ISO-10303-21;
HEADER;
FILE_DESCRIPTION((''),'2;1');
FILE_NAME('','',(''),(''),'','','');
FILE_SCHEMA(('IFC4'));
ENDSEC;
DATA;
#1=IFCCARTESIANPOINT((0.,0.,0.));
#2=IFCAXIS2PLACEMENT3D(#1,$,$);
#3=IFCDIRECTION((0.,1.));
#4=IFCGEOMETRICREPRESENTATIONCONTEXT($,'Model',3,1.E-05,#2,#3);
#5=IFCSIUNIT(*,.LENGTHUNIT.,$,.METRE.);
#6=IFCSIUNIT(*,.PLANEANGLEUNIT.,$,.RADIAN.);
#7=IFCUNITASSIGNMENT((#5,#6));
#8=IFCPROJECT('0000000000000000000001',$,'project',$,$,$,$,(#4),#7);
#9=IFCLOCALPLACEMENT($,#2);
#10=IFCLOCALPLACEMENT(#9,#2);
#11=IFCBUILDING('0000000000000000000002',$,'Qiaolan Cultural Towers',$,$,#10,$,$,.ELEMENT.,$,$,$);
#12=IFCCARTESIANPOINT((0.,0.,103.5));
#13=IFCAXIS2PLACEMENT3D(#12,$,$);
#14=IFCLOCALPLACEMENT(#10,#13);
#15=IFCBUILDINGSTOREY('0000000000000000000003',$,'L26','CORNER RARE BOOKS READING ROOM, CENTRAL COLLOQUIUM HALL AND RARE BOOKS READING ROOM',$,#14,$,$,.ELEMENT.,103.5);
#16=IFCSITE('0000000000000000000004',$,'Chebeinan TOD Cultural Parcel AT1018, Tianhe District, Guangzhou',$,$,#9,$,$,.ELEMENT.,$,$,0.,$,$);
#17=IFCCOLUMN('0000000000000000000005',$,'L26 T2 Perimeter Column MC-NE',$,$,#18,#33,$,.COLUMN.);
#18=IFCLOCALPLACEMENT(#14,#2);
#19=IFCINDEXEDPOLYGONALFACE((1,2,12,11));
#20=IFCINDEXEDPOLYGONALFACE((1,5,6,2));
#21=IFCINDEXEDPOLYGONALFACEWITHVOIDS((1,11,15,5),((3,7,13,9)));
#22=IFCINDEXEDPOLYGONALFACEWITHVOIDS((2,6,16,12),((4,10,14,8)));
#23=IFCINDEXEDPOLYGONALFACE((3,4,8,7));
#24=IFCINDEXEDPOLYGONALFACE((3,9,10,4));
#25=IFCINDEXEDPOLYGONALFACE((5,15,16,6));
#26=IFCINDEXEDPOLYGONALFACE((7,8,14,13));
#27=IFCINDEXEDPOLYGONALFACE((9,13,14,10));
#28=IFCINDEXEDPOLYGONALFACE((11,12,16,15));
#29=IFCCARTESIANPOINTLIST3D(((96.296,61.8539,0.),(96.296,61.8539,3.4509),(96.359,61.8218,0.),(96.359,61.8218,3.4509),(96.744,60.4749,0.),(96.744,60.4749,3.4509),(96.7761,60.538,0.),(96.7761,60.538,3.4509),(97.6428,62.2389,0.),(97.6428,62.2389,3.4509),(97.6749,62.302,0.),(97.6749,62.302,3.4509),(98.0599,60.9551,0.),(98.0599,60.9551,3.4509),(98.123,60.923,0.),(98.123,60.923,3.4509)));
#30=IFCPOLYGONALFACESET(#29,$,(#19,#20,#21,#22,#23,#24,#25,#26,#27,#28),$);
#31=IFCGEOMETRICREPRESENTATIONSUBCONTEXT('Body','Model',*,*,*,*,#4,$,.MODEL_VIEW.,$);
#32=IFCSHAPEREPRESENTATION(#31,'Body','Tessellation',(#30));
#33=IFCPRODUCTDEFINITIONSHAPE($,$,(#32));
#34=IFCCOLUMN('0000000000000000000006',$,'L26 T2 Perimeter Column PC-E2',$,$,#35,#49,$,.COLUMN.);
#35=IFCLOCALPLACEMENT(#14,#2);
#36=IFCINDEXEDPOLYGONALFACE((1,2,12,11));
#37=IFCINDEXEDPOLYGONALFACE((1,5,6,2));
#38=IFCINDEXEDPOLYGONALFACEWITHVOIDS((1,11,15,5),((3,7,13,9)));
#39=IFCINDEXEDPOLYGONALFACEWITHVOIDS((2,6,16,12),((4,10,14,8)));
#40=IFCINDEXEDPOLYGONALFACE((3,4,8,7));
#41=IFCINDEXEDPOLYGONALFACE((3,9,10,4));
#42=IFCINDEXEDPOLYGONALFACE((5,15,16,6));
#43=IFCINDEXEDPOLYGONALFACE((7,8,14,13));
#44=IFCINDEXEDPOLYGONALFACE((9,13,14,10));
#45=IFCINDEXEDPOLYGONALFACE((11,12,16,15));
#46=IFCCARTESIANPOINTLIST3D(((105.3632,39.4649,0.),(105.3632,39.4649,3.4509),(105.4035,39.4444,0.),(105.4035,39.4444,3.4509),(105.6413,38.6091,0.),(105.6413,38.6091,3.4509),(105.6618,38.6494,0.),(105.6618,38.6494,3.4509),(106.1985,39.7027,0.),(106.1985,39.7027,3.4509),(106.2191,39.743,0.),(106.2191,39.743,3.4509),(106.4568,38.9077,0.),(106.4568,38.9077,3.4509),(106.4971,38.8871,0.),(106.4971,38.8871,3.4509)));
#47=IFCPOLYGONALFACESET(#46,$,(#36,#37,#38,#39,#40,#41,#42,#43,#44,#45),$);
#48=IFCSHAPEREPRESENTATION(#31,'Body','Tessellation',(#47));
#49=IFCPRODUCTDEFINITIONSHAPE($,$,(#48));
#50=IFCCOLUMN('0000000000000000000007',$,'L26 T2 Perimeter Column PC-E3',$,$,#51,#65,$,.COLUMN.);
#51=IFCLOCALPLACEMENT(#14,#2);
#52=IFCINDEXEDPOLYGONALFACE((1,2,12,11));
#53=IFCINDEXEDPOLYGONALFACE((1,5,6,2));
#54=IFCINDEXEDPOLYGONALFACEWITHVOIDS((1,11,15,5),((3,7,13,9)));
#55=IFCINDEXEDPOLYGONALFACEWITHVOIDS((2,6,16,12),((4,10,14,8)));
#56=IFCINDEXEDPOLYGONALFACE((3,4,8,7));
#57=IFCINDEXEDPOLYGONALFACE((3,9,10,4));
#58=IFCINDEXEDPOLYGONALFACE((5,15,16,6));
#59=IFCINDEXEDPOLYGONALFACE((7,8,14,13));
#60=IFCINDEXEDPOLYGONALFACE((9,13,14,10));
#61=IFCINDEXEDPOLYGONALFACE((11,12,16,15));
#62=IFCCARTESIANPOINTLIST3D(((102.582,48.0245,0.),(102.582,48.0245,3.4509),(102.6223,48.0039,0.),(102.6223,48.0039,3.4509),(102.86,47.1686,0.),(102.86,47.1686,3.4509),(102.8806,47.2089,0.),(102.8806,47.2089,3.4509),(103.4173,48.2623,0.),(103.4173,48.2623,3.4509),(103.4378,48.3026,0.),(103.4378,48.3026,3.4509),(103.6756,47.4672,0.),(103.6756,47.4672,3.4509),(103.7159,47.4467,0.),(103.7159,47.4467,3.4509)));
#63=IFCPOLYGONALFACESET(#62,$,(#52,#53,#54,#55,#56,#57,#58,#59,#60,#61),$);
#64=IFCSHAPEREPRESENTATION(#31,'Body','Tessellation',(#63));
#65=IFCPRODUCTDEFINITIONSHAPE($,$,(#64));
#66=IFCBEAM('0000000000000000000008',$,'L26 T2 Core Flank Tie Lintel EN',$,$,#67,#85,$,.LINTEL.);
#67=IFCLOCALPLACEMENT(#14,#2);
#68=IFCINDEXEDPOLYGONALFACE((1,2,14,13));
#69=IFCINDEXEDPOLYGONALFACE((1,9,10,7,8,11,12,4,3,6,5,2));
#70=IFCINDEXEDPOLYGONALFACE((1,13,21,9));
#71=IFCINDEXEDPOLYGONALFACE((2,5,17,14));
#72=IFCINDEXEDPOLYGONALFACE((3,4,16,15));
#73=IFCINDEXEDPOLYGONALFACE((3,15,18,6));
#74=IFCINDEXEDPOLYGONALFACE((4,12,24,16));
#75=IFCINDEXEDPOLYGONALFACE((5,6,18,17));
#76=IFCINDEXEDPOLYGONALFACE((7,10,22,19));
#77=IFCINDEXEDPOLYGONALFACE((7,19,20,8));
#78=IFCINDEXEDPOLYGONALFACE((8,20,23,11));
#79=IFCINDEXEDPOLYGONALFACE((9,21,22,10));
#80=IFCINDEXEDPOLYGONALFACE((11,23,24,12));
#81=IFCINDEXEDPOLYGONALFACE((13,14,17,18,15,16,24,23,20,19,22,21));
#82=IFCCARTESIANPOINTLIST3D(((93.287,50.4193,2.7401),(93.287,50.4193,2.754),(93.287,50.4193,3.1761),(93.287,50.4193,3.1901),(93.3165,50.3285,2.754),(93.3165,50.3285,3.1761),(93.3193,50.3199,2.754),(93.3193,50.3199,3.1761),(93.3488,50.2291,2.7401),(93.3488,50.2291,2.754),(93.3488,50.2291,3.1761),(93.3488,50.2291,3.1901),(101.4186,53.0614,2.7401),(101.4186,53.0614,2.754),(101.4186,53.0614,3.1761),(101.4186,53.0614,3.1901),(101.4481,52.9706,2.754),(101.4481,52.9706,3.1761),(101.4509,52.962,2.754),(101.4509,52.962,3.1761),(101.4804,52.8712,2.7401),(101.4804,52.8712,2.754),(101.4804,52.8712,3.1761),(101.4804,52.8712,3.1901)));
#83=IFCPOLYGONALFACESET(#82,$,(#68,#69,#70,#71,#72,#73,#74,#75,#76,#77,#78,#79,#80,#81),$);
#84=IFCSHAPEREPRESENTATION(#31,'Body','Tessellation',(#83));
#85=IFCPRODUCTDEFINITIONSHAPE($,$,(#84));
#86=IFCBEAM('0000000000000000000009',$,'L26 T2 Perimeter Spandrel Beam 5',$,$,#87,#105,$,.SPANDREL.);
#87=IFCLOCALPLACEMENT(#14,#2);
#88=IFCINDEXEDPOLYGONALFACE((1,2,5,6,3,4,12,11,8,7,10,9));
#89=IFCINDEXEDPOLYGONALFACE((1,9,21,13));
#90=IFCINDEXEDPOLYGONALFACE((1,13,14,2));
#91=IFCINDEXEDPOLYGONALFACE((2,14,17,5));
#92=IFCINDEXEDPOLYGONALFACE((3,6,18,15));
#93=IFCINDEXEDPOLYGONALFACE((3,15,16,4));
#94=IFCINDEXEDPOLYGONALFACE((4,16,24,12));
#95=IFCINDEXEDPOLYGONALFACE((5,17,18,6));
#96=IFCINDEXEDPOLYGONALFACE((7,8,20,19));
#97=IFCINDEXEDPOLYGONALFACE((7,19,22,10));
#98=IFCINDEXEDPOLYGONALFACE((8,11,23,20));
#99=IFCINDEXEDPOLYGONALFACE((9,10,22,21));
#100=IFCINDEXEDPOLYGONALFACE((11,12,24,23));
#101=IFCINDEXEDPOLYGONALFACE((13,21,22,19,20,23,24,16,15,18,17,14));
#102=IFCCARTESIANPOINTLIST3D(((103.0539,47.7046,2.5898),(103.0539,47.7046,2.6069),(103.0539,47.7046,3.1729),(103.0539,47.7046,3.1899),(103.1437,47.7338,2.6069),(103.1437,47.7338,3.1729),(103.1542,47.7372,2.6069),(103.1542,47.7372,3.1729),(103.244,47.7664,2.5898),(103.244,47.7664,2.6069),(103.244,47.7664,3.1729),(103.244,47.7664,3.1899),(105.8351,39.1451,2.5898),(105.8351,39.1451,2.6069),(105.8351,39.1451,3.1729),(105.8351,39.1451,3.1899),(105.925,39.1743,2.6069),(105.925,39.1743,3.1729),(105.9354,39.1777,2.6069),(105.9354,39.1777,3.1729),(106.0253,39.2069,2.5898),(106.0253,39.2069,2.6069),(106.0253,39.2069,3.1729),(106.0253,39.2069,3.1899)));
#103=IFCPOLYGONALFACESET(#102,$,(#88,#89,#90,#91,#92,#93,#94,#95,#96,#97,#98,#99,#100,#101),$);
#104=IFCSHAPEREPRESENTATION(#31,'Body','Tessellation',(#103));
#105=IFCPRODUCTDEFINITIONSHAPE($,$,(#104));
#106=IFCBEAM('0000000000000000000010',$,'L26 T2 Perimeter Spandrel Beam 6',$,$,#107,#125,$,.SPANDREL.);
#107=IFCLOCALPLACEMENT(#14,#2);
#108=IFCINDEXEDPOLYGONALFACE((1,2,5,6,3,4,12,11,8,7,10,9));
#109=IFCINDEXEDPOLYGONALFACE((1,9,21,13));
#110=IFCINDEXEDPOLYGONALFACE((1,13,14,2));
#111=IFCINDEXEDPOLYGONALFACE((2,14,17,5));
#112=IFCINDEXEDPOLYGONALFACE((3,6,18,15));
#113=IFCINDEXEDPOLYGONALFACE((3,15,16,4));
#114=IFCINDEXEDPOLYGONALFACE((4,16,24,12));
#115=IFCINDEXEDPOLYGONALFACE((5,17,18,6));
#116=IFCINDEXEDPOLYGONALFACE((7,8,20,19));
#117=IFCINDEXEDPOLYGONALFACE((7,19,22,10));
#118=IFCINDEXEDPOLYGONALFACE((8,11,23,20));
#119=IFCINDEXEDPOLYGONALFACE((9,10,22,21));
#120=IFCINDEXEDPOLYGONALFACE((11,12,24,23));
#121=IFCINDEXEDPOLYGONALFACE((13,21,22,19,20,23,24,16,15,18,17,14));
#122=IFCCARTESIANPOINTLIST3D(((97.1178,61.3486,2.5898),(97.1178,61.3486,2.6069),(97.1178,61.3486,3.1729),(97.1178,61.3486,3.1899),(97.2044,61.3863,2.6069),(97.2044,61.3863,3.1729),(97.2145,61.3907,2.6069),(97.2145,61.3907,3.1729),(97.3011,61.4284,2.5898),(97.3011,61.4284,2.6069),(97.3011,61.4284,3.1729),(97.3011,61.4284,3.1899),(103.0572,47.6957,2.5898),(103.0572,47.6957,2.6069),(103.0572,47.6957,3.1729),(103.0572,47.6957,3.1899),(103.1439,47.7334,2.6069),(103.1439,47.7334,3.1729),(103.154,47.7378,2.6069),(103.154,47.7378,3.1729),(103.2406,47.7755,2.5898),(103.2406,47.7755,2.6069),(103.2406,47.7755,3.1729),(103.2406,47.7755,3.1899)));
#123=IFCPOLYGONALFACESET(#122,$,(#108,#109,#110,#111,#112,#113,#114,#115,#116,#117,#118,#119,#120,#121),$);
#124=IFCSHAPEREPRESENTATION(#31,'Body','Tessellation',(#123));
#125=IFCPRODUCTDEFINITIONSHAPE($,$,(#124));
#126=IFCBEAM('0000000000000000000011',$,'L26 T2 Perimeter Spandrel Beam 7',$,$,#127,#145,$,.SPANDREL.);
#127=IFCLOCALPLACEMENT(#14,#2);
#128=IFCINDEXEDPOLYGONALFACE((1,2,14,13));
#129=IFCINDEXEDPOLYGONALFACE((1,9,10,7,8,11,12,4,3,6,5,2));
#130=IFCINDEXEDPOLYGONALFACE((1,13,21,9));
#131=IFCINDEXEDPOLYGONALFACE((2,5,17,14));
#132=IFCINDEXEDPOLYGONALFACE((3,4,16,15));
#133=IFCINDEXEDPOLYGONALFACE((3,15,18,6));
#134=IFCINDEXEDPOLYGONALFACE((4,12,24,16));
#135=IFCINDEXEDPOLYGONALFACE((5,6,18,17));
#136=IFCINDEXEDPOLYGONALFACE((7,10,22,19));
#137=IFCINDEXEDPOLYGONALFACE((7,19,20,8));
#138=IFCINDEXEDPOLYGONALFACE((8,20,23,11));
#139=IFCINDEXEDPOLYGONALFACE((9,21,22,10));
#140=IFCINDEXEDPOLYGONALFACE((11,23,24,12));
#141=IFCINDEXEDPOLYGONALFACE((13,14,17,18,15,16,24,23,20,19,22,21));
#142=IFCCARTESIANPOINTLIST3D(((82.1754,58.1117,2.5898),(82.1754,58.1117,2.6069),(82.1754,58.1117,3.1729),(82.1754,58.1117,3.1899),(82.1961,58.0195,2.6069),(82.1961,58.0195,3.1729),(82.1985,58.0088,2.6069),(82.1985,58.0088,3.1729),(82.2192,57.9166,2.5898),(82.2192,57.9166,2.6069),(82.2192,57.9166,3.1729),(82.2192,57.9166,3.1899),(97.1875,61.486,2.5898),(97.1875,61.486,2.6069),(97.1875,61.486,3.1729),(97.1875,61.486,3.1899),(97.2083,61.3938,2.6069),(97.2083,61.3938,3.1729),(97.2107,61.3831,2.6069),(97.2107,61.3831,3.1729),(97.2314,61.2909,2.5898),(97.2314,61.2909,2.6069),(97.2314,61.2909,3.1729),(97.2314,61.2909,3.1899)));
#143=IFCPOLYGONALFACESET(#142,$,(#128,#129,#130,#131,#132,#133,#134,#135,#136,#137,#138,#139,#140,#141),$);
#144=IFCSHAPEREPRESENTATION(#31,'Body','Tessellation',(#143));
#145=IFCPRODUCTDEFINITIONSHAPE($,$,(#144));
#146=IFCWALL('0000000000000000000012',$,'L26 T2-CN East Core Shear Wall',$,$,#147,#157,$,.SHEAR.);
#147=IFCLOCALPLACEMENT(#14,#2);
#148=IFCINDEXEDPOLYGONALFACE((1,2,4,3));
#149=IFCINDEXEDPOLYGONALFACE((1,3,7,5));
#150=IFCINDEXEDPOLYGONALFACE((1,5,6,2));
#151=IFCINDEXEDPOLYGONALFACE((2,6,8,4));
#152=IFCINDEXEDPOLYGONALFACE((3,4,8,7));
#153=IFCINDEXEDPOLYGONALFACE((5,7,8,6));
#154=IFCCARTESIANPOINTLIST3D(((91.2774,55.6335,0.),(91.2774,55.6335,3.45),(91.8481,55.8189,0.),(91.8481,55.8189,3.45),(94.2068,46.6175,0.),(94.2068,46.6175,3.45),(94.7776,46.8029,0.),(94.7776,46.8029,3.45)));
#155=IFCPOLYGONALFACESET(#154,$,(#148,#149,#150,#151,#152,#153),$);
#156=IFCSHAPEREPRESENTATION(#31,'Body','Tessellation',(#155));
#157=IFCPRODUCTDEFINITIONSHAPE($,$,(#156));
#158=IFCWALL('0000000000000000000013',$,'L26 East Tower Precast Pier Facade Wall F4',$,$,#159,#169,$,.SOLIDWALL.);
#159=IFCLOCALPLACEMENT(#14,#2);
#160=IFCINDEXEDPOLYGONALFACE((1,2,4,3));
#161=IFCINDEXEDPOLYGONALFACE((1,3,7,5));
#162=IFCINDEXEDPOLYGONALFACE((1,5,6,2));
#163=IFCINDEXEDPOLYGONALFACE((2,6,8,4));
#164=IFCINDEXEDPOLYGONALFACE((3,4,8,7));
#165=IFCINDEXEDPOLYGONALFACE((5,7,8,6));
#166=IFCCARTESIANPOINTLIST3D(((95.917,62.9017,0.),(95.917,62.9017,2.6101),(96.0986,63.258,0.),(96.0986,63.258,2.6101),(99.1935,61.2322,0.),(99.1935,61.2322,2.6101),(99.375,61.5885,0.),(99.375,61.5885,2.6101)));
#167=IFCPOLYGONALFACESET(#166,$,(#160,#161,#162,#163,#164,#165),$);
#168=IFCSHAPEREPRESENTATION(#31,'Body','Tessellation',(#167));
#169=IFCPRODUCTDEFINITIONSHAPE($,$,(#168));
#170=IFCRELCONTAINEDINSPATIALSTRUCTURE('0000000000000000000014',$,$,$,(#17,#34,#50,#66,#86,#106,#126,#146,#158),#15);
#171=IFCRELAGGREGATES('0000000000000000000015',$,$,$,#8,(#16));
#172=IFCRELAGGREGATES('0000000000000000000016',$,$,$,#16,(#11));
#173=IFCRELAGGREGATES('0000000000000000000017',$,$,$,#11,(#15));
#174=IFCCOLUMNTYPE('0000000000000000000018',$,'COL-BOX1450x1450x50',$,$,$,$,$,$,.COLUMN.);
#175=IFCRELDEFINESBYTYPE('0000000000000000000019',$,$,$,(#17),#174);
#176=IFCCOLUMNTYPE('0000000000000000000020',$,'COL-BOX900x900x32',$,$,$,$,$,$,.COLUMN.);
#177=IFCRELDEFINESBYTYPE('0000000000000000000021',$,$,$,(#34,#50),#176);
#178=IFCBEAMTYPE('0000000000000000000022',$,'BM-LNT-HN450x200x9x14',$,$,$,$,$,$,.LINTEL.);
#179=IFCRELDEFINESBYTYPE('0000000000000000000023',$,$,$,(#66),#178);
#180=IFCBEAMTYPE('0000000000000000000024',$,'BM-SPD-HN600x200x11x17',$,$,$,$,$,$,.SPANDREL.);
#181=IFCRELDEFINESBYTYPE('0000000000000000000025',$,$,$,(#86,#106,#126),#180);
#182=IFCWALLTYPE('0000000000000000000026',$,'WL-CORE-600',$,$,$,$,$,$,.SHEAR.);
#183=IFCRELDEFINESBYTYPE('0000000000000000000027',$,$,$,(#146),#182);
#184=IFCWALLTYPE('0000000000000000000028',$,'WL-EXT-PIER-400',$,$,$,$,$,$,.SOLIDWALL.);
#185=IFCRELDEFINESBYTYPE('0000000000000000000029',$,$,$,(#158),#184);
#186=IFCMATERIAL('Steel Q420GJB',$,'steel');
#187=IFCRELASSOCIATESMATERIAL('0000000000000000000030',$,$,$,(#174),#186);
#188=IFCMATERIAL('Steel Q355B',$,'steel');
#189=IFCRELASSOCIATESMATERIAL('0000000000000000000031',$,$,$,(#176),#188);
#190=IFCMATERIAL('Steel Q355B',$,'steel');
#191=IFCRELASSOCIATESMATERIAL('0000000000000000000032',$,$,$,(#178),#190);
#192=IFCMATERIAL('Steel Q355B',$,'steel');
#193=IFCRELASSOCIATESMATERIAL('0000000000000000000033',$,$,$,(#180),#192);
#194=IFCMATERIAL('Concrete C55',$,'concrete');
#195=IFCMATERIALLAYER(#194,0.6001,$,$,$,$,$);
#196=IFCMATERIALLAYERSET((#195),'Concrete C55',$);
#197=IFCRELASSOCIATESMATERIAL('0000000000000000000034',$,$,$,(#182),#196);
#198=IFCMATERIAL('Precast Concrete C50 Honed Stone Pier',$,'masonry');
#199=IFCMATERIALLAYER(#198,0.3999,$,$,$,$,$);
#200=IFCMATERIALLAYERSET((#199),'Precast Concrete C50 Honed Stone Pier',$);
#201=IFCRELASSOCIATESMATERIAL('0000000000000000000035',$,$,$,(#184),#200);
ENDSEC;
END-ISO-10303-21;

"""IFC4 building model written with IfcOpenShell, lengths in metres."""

from ifc_helpers import new_model, si_unit, direction, frame, frame_2d, origin, origin_2d, place, context, subcontext, project, spatial, rectangle, hollow_rectangle, i_section, extrude, material, layer, layer_set, material_profile, profile_set, type_object, element, save


model = new_model("IFC4")

# Units and contexts
model_context = context("Model", 3, precision=1e-05, world=origin(), true_north=direction((0.0, 1.0)))
body_context = subcontext(model_context, "Body", "Model", "MODEL_VIEW")
ifc_project = project(units=[si_unit("LENGTHUNIT", "METRE"), si_unit("PLANEANGLEUNIT", "RADIAN")], contexts=[model_context])

# Site, building, storey
site_placement = place(None, origin())
site = spatial("IfcSite", under=ifc_project, at=site_placement, Name="Chebeinan TOD Cultural Parcel AT1018, Tianhe District, Guangzhou", CompositionType="ELEMENT", RefElevation=0.0)
building_placement = place(site_placement, origin())
building = spatial("IfcBuilding", under=site, at=building_placement, Name="Qiaolan Cultural Towers", CompositionType="ELEMENT")
storey_placement = place(building_placement, frame((0.0, 0.0, 103.5)))
storey = spatial("IfcBuildingStorey", under=building, at=storey_placement, Name="L26", Description="CORNER RARE BOOKS READING ROOM, CENTRAL COLLOQUIUM HALL AND RARE BOOKS READING ROOM", CompositionType="ELEMENT", Elevation=103.5)

# Columns
ifc_material_1 = material(Name="Steel Q420GJB", Category="steel")
ifc_material_profile_1 = material_profile(ifc_material_1, hollow_rectangle(XDim=1.45, YDim=1.45, WallThickness=0.05, at=origin_2d()), Name="BOX1450x1450x50")
ifc_profile_set_1 = profile_set([ifc_material_profile_1], Name="Steel Q420GJB")
column_type_1 = type_object("IfcColumnType", Name="COL-BOX1450x1450x50", PredefinedType="COLUMN", material=ifc_profile_set_1)
column_placement = place(storey_placement, frame((97.2095, 61.3884, 0.0), z_axis=(0.0, 0.0, 1.0), x_axis=(0.951057, 0.309017, 0.0)))
element("IfcColumn", 1, at=column_placement, inside=storey, type_object=column_type_1, Name="L26 T2 Perimeter Column MC-NE", PredefinedType="COLUMN", context=body_context, shape_type="SweptSolid", body=[
    extrude(hollow_rectangle(XDim=1.45, YDim=1.45, WallThickness=0.05, at=origin_2d()), origin(), (0.0, 0.0, 1.0), 3.4509),
])
ifc_material_2 = material(Name="Steel Q355B", Category="steel")
ifc_material_profile_2 = material_profile(ifc_material_2, hollow_rectangle(XDim=0.8999, YDim=0.8999, WallThickness=0.032, at=origin_2d()), Name="BOX900x900x32")
ifc_profile_set_2 = profile_set([ifc_material_profile_2], Name="Steel Q355B")
column_type_2 = type_object("IfcColumnType", Name="COL-BOX900x900x32", PredefinedType="COLUMN", material=ifc_profile_set_2)
for number, where, z_axis, x_axis, name in (
    (2, (105.9302, 39.176, 0.0), (0.0, 0.0, 1.0), (0.951057, 0.309017, 0.0), "L26 T2 Perimeter Column PC-E2"),
    (3, (103.1489, 47.7356, 0.0), (0.0, 0.0, 1.0), (0.951057, 0.309017, 0.0), "L26 T2 Perimeter Column PC-E3"),
):
    element("IfcColumn", number, at=place(storey_placement, frame(where, z_axis=z_axis, x_axis=x_axis)), inside=storey, type_object=column_type_2, Name=name, PredefinedType="COLUMN", context=body_context, shape_type="SweptSolid", body=[
        extrude(hollow_rectangle(XDim=0.8999, YDim=0.8999, WallThickness=0.032, at=origin_2d()), origin(), (0.0, 0.0, 1.0), 3.4509),
    ])

# Beams
ifc_material_3 = material(Name="Steel Q355B", Category="steel")
ifc_material_profile_3 = material_profile(ifc_material_3, i_section(OverallWidth=0.2, OverallDepth=0.45, WebThickness=0.009, FlangeThickness=0.0139, at=origin_2d()), Name="HN450x200x9x14")
ifc_profile_set_3 = profile_set([ifc_material_profile_3], Name="Steel Q355B")
beam_type_1 = type_object("IfcBeamType", Name="BM-LNT-HN450x200x9x14", PredefinedType="LINTEL", material=ifc_profile_set_3)
beam_1_placement = place(storey_placement, frame((93.3179, 50.3242, 2.9651), z_axis=(0.951057, 0.309014, 0.0), x_axis=(-0.309014, 0.951057, 0.0)))
element("IfcBeam", 4, at=beam_1_placement, inside=storey, type_object=beam_type_1, Name="L26 T2 Core Flank Tie Lintel EN", PredefinedType="LINTEL", context=body_context, shape_type="SweptSolid", body=[
    extrude(i_section(OverallWidth=0.2, OverallDepth=0.45, WebThickness=0.009, FlangeThickness=0.0139, at=origin_2d()), origin(), (0.0, 0.0, 1.0), 8.55),
])
ifc_material_4 = material(Name="Steel Q355B", Category="steel")
ifc_material_profile_4 = material_profile(ifc_material_4, i_section(OverallWidth=0.2, OverallDepth=0.6001, WebThickness=0.011, FlangeThickness=0.0171, at=origin_2d()), Name="HN600x200x11x17")
ifc_profile_set_4 = profile_set([ifc_material_profile_4], Name="Steel Q355B")
beam_type_2 = type_object("IfcBeamType", Name="BM-SPD-HN600x200x11x17", PredefinedType="SPANDREL", material=ifc_profile_set_4)
beam_2_placement = place(storey_placement, frame((105.9302, 39.176, 2.8899), z_axis=(-0.309025, 0.951054, 0.0), x_axis=(-0.951054, -0.309025, 0.0)))
element("IfcBeam", 5, at=beam_2_placement, inside=storey, type_object=beam_type_2, Name="L26 T2 Perimeter Spandrel Beam 5", PredefinedType="SPANDREL", context=body_context, shape_type="SweptSolid", body=[
    extrude(i_section(OverallWidth=0.2, OverallDepth=0.6001, WebThickness=0.011, FlangeThickness=0.0171, at=origin_2d()), origin(), (0.0, 0.0, 1.0), 9.0),
])
beam_3_placement = place(storey_placement, frame((103.1489, 47.7356, 2.8899), z_axis=(-0.39892, 0.916986, 0.0), x_axis=(-0.916986, -0.39892, 0.0)))
element("IfcBeam", 6, at=beam_3_placement, inside=storey, type_object=beam_type_2, Name="L26 T2 Perimeter Spandrel Beam 6", PredefinedType="SPANDREL", context=body_context, shape_type="SweptSolid", body=[
    extrude(i_section(OverallWidth=0.2, OverallDepth=0.6001, WebThickness=0.011, FlangeThickness=0.0171, at=origin_2d()), origin(), (0.0, 0.0, 1.0), 14.8889),
])
beam_4_placement = place(storey_placement, frame((97.2095, 61.3884, 2.8899), z_axis=(-0.975658, -0.219297, 0.0), x_axis=(0.219297, -0.975658, 0.0)))
element("IfcBeam", 7, at=beam_4_placement, inside=storey, type_object=beam_type_2, Name="L26 T2 Perimeter Spandrel Beam 7", PredefinedType="SPANDREL", context=body_context, shape_type="SweptSolid", body=[
    extrude(i_section(OverallWidth=0.2, OverallDepth=0.6001, WebThickness=0.011, FlangeThickness=0.0171, at=origin_2d()), origin(), (0.0, 0.0, 1.0), 15.3867),
])

# Walls
ifc_material_5 = material(Name="Concrete C55", Category="concrete")
ifc_layer_1 = layer(ifc_material_5, 0.6001)
ifc_layer_set_1 = layer_set([ifc_layer_1], Name="Concrete C55")
wall_type_1 = type_object("IfcWallType", Name="WL-CORE-600", PredefinedType="SHEAR", material=ifc_layer_set_1)
wall_1_placement = place(storey_placement, frame((94.4922, 46.7102, 0.0), z_axis=(0.0, 0.0, 1.0), x_axis=(-0.30901, 0.951059, 0.0)))
element("IfcWall", 8, at=wall_1_placement, inside=storey, type_object=wall_type_1, Name="L26 T2-CN East Core Shear Wall", PredefinedType="SHEAR", context=body_context, shape_type="SweptSolid", body=[
    extrude(rectangle(XDim=9.48, YDim=0.6001, at=frame_2d((4.74, 0.0))), origin(), (0.0, 0.0, 1.0), 3.45),
])
ifc_material_6 = material(Name="Precast Concrete C50 Honed Stone Pier", Category="masonry")
ifc_layer_2 = layer(ifc_material_6, 0.3999)
ifc_layer_set_2 = layer_set([ifc_layer_2], Name="Precast Concrete C50 Honed Stone Pier")
wall_type_2 = type_object("IfcWallType", Name="WL-EXT-PIER-400", PredefinedType="SOLIDWALL", material=ifc_layer_set_2)
wall_2_placement = place(storey_placement, frame((96.0078, 63.0798, 0.0), z_axis=(0.0, 0.0, 1.0), x_axis=(0.891002, -0.453999, 0.0)))
element("IfcWall", 9, at=wall_2_placement, inside=storey, type_object=wall_type_2, Name="L26 East Tower Precast Pier Facade Wall F4", PredefinedType="SOLIDWALL", context=body_context, shape_type="SweptSolid", body=[
    extrude(rectangle(XDim=3.6772, YDim=0.3999, at=frame_2d((1.8386, 0.0))), origin(), (0.0, 0.0, 1.0), 2.6101),
])

save(model, "model.ifc")
